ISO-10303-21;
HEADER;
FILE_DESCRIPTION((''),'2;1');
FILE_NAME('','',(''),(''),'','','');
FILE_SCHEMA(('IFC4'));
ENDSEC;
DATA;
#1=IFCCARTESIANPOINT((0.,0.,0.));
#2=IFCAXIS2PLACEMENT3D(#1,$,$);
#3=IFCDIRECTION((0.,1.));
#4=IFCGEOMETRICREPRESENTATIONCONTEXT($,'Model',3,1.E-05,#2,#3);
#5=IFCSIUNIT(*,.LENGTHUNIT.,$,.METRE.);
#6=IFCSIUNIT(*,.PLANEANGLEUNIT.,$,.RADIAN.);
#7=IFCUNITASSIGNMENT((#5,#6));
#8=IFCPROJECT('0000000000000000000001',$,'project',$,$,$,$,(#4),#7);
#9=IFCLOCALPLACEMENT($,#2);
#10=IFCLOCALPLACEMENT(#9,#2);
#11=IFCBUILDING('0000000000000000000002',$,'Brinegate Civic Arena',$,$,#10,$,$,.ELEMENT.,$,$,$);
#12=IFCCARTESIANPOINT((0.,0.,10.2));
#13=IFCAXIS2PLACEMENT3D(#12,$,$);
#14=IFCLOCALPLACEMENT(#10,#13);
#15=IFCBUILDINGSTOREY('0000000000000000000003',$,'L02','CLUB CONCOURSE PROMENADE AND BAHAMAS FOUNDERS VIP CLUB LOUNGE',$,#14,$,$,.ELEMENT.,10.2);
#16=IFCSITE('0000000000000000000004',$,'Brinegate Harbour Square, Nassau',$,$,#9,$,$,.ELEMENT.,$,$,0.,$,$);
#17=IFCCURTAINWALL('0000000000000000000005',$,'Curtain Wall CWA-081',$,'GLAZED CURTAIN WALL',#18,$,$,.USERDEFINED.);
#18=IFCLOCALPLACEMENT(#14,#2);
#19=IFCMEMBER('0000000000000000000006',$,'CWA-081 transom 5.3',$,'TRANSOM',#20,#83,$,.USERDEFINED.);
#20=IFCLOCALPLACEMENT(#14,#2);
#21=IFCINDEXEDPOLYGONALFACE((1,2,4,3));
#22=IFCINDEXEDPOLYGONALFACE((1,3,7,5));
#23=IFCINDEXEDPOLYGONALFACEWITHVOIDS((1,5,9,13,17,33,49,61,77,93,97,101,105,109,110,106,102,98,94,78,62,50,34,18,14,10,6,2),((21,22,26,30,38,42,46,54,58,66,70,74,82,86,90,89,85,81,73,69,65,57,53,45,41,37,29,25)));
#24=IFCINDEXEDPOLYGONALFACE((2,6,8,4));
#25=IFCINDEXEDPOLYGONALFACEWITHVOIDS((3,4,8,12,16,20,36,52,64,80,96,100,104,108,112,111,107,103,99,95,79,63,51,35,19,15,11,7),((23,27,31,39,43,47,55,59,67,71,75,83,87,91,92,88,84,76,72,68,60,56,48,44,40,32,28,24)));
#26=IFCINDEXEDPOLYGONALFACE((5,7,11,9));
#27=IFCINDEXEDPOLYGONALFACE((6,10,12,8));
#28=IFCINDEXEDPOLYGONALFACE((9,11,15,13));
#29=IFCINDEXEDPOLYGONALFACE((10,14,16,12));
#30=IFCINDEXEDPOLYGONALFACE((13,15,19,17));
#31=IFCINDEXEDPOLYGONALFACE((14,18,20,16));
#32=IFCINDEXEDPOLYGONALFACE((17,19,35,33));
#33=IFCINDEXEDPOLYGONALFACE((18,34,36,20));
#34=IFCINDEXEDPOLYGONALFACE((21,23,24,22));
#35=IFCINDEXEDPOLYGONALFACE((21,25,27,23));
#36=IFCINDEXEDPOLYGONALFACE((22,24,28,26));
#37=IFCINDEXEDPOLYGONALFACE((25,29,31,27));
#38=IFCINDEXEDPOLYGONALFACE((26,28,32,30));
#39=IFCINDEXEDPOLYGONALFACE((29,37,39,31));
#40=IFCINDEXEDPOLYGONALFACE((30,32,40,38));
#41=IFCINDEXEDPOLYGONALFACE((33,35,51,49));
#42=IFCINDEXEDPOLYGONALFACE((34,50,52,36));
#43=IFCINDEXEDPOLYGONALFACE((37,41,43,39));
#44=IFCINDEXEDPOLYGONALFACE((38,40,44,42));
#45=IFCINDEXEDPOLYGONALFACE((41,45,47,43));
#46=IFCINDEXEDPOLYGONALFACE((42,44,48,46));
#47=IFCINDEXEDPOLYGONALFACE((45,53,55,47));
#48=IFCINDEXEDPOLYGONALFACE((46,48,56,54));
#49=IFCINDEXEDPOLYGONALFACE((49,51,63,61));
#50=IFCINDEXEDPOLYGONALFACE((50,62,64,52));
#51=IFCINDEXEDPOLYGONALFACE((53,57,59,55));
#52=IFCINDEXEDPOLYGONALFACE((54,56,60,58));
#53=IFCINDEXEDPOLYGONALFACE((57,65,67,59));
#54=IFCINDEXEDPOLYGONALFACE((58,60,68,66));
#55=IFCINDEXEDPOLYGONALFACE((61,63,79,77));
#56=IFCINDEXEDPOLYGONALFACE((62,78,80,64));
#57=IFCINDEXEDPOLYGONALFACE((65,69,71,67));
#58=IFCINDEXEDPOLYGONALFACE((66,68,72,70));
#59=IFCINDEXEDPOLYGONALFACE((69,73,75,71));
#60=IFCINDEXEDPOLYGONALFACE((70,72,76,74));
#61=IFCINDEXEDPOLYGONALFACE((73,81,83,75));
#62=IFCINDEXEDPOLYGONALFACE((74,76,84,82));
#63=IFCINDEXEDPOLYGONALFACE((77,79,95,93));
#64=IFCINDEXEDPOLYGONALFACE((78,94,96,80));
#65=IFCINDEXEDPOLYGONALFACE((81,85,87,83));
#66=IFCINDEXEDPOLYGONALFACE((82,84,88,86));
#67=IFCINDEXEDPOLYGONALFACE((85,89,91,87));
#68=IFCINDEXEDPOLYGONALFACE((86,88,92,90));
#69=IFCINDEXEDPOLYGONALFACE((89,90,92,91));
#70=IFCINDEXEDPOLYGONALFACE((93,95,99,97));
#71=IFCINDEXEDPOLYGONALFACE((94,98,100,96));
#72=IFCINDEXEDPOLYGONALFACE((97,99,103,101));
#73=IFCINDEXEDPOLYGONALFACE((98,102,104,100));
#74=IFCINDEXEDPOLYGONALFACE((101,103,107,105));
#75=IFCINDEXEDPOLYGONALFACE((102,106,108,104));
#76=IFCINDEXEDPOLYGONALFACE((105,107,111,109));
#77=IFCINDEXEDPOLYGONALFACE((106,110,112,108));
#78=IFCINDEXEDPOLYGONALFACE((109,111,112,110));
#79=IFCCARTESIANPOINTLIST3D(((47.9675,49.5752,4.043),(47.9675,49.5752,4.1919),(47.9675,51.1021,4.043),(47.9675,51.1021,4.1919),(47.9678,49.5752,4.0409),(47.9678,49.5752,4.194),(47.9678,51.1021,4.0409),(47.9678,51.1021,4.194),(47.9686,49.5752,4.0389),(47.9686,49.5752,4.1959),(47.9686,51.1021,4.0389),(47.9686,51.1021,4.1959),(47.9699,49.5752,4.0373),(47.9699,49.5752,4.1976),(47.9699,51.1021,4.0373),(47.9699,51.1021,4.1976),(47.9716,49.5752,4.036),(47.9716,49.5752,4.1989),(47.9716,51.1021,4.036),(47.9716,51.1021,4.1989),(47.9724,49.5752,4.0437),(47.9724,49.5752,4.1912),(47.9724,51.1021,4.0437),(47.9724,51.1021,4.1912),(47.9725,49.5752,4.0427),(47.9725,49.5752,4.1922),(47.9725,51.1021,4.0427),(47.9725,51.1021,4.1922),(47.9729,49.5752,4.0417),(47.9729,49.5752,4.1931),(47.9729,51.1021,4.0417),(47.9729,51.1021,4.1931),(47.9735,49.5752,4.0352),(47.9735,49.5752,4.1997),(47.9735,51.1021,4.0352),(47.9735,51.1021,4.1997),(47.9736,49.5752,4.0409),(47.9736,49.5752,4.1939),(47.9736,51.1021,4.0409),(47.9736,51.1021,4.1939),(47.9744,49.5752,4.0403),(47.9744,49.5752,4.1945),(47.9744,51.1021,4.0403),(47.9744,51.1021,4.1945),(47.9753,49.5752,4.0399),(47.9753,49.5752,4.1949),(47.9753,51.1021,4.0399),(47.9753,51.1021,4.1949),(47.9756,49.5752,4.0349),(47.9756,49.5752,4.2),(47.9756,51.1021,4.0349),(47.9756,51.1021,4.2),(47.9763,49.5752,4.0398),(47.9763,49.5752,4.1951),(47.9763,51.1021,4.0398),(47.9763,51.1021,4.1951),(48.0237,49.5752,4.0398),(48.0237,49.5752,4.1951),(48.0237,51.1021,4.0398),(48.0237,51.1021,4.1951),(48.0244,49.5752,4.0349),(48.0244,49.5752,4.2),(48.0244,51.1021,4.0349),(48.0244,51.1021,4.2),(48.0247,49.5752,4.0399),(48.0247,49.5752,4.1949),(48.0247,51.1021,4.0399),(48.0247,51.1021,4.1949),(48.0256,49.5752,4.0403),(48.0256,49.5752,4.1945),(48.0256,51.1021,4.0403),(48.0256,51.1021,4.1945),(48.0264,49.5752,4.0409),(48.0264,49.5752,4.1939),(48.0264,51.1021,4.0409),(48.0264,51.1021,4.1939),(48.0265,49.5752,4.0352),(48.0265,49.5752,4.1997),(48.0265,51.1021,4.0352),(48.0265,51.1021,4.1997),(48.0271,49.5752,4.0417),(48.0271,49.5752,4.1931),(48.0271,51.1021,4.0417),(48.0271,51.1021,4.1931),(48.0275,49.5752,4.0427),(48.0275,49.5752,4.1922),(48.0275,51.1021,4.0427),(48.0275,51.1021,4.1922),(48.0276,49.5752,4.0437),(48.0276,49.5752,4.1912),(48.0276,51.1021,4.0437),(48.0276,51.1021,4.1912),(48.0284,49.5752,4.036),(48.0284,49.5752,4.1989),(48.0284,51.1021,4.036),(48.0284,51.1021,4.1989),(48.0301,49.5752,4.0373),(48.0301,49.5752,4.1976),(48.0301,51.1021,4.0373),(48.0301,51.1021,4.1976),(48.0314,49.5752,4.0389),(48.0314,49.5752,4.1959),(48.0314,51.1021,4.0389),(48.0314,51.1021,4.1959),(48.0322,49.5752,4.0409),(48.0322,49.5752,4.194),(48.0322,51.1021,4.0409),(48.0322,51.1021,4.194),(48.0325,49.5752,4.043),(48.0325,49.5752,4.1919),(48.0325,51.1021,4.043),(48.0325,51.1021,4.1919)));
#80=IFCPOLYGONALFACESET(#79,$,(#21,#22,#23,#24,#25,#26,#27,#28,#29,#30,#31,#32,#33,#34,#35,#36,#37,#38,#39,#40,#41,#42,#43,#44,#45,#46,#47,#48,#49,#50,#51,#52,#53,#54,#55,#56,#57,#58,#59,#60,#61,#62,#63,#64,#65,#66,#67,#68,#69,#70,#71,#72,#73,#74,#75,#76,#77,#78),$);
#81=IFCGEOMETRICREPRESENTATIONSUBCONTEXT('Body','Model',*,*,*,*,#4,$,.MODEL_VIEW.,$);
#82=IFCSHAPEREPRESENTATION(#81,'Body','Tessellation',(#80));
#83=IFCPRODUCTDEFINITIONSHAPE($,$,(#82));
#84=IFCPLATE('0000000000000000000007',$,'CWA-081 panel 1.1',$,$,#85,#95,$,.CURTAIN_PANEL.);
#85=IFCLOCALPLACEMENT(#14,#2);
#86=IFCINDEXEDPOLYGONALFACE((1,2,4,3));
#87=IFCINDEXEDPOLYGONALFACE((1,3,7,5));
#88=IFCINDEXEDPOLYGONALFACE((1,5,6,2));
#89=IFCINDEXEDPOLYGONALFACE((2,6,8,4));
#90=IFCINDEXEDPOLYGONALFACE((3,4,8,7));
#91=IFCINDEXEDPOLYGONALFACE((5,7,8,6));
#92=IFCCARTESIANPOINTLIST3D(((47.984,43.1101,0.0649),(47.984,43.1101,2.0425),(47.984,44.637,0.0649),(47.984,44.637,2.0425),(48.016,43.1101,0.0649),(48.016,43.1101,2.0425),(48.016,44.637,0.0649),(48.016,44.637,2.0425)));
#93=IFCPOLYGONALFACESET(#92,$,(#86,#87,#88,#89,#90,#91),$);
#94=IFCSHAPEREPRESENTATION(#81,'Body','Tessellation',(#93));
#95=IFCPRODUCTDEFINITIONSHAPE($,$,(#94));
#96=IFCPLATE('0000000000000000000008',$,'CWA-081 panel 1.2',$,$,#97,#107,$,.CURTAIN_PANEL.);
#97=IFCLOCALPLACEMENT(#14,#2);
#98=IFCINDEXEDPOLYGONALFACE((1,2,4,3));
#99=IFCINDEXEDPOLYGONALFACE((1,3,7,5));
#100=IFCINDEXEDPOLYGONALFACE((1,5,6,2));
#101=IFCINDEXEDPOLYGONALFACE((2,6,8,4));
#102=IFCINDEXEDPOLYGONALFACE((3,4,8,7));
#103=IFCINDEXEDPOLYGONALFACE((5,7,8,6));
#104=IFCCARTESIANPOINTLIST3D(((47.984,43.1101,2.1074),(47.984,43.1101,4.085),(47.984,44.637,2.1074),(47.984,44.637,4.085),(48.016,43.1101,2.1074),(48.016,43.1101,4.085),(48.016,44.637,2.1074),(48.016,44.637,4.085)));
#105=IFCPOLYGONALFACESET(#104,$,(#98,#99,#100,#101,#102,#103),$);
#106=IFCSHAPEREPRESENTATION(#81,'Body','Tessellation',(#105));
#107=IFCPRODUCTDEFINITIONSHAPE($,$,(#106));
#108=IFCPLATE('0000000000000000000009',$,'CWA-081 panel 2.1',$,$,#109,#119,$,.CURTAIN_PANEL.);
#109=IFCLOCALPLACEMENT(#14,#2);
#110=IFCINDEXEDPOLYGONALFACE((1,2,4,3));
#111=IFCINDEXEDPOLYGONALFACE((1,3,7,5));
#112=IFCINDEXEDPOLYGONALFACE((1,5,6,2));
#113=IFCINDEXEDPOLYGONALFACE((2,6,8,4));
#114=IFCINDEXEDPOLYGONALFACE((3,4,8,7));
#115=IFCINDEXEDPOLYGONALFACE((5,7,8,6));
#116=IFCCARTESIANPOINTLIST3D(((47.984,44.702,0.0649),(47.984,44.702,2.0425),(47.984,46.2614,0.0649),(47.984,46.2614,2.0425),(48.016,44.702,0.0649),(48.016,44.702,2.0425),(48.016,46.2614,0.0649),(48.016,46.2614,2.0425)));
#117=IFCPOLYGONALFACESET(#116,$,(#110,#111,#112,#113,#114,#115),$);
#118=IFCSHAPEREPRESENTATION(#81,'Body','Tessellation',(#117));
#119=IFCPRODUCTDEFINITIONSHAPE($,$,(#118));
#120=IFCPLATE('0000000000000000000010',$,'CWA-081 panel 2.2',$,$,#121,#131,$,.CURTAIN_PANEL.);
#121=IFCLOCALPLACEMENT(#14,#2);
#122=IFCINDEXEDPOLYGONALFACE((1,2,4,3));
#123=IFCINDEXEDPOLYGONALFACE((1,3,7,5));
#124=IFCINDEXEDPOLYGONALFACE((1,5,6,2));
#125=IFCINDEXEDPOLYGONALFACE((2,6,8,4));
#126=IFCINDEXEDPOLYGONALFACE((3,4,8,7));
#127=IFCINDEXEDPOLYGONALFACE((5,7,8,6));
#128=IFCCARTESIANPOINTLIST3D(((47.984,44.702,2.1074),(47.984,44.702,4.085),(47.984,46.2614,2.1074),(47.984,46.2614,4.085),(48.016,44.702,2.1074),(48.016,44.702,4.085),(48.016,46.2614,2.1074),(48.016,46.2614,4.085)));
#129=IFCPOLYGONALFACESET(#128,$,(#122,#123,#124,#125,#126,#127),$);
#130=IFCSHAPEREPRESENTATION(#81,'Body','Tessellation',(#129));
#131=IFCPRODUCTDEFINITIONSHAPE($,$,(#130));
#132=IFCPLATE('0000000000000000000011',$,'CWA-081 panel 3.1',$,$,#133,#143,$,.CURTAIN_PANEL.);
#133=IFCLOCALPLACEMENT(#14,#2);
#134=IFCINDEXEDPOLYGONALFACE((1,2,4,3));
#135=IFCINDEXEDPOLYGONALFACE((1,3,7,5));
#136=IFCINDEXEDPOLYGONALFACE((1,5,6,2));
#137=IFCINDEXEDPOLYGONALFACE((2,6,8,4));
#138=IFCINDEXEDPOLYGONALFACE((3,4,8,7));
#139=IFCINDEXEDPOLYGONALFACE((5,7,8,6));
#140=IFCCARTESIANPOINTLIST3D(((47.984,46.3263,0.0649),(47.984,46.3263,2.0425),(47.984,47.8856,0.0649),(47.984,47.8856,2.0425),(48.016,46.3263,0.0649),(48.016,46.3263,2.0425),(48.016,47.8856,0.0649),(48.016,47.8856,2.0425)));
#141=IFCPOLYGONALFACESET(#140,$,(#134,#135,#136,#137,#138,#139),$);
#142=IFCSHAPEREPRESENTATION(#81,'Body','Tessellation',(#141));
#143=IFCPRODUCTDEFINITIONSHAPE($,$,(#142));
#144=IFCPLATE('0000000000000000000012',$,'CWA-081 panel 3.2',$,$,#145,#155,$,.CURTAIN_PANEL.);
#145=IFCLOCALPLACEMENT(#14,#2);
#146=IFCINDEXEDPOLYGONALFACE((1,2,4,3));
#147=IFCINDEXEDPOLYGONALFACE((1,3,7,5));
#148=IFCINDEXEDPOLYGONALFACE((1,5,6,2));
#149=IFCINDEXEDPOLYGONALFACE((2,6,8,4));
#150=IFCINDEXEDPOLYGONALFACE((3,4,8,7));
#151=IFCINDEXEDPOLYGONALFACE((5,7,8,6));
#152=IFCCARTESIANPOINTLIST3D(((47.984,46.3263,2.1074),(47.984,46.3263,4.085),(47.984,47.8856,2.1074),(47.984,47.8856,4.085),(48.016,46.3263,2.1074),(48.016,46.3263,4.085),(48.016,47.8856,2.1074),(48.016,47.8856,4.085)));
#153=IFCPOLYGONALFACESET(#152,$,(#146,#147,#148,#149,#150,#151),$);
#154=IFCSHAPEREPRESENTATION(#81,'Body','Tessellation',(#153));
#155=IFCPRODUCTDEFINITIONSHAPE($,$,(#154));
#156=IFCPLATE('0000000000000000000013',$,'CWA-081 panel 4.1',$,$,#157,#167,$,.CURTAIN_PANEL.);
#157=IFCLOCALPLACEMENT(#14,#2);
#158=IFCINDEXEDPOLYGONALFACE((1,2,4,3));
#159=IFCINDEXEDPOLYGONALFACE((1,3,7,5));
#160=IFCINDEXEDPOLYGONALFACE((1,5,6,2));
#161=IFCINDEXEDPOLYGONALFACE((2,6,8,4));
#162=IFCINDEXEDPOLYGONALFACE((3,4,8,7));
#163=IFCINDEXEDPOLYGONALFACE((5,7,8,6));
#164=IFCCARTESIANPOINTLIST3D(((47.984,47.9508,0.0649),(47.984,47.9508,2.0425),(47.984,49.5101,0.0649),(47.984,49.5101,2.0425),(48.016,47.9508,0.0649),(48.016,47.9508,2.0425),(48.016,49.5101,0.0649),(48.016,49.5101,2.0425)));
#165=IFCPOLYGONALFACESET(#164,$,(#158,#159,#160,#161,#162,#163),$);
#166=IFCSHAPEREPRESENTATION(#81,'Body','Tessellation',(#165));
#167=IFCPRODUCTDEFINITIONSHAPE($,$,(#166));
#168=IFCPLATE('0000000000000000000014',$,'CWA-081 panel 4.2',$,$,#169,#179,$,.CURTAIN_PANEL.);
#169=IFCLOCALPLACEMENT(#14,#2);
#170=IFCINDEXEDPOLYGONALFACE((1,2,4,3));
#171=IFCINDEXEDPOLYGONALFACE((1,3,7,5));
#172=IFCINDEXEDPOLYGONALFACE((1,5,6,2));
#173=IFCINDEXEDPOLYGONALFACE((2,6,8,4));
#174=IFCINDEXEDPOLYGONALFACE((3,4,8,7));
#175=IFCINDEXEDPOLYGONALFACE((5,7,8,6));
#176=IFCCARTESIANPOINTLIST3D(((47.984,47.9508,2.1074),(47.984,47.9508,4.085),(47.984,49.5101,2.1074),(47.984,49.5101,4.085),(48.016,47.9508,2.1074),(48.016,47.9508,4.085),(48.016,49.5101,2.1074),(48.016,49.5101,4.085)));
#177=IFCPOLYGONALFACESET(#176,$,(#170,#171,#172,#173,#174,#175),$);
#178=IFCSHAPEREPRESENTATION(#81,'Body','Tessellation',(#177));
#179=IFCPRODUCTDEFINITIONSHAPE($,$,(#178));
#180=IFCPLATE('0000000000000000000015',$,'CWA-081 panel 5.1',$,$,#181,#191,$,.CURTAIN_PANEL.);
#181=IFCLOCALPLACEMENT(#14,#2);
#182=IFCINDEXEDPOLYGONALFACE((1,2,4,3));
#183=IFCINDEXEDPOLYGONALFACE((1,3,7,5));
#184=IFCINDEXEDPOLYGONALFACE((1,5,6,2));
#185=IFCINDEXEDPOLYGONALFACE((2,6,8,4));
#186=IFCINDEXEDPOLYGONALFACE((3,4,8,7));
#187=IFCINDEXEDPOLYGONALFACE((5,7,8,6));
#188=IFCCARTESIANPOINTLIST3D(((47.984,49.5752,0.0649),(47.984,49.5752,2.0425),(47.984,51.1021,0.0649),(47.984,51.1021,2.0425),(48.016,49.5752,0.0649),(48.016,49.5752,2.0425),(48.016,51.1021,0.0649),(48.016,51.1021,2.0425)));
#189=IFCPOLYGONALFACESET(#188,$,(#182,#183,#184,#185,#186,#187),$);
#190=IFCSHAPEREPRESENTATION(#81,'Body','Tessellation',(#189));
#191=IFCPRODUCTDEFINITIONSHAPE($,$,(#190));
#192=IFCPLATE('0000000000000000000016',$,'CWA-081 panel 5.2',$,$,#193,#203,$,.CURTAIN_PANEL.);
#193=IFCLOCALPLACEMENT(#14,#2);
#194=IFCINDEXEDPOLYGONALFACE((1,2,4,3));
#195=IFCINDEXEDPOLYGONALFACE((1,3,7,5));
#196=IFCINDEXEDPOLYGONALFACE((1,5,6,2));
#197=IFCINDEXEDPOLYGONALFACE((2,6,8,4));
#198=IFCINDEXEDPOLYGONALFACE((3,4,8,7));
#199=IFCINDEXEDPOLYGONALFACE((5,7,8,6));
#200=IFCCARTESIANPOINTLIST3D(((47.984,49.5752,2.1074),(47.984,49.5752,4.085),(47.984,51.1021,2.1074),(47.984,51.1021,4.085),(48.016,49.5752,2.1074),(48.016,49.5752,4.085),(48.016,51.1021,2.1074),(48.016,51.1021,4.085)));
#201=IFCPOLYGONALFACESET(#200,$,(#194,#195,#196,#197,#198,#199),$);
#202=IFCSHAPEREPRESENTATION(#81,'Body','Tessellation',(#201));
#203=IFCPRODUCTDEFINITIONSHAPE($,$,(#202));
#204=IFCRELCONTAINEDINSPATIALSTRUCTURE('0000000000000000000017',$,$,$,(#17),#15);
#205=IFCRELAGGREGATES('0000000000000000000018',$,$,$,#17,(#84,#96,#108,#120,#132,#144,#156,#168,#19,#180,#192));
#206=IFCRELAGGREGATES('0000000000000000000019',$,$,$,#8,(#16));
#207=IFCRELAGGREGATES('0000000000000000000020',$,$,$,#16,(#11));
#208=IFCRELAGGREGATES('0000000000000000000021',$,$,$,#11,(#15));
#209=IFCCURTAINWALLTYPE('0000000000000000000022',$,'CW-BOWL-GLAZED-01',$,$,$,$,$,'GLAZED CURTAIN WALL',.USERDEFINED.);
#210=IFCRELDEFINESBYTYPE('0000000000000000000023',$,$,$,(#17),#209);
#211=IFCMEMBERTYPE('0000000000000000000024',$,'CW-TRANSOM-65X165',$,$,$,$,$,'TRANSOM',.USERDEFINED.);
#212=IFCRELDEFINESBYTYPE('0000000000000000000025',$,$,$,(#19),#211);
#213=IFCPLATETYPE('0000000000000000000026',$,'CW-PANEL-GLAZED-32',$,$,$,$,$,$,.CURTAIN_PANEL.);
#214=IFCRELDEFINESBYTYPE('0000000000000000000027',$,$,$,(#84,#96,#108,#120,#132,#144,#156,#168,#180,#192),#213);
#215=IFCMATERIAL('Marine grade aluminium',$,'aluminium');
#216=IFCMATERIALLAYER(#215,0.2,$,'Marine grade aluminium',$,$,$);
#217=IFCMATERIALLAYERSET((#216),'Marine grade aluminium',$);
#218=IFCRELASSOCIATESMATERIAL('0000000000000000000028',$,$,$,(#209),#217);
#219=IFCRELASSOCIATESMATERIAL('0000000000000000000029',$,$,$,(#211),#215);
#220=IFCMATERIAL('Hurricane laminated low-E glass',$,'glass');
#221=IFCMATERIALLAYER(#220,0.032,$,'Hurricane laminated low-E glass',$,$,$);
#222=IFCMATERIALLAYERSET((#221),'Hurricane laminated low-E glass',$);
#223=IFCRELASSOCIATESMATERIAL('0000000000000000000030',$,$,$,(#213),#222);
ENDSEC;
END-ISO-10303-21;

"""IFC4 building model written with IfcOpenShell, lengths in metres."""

from ifc_helpers import new_model, si_unit, direction, frame, origin, origin_2d, place, context, subcontext, project, spatial, rectangle, hollow_rectangle, extrude, material, layer, layer_set, material_profile, profile_set, type_object, element, aggregate, save


model = new_model("IFC4")

# Units and contexts
model_context = context("Model", 3, precision=1e-05, world=origin(), true_north=direction((0.0, 1.0)))
body_context = subcontext(model_context, "Body", "Model", "MODEL_VIEW")
ifc_project = project(units=[si_unit("LENGTHUNIT", "METRE"), si_unit("PLANEANGLEUNIT", "RADIAN")], contexts=[model_context])

# Site, building, storey
site_placement = place(None, origin())
site = spatial("IfcSite", under=ifc_project, at=site_placement, Name="Brinegate Harbour Square, Nassau", CompositionType="ELEMENT", RefElevation=0.0)
building_placement = place(site_placement, origin())
building = spatial("IfcBuilding", under=site, at=building_placement, Name="Brinegate Civic Arena", CompositionType="ELEMENT")
storey_placement = place(building_placement, frame((0.0, 0.0, 10.2)))
storey = spatial("IfcBuildingStorey", under=building, at=storey_placement, Name="L02", Description="CLUB CONCOURSE PROMENADE AND BAHAMAS FOUNDERS VIP CLUB LOUNGE", CompositionType="ELEMENT", Elevation=10.2)

# Curtain wall, member, plates
ifc_material_1 = material(Name="Marine grade aluminium", Category="aluminium")
ifc_layer_1 = layer(ifc_material_1, 0.2, Name="Marine grade aluminium")
ifc_layer_set_1 = layer_set([ifc_layer_1], Name="Marine grade aluminium")
curtain_wall_type = type_object("IfcCurtainWallType", Name="CW-BOWL-GLAZED-01", ElementType="GLAZED CURTAIN WALL", PredefinedType="USERDEFINED", material=ifc_layer_set_1)
curtain_wall_placement = place(storey_placement, origin())
curtain_wall = element("IfcCurtainWall", 1, at=curtain_wall_placement, inside=storey, type_object=curtain_wall_type, Name="Curtain Wall CWA-081", ObjectType="GLAZED CURTAIN WALL", PredefinedType="USERDEFINED")
ifc_material_profile_1 = material_profile(ifc_material_1, hollow_rectangle(XDim=0.0649, YDim=0.165, WallThickness=0.0049, InnerFilletRadius=0.0039, OuterFilletRadius=0.0081, at=origin_2d()), Name="TRN65X165")
ifc_profile_set_1 = profile_set([ifc_material_profile_1], Name="Marine grade aluminium")
member_type_1 = type_object("IfcMemberType", Name="CW-TRANSOM-65X165", ElementType="TRANSOM", PredefinedType="USERDEFINED", material=ifc_profile_set_1)
member_1_placement = place(storey_placement, frame((48.0, 49.5752, 4.1174), z_axis=(0.0, 1.0, 0.0), x_axis=(-1.0, 0.0, 0.0)))
member_1 = element("IfcMember", 2, at=member_1_placement, type_object=member_type_1, Name="CWA-081 transom 5.3", ObjectType="TRANSOM", PredefinedType="USERDEFINED", context=body_context, shape_type="SweptSolid", body=[
    extrude(hollow_rectangle(XDim=0.0649, YDim=0.165, WallThickness=0.0049, InnerFilletRadius=0.0039, OuterFilletRadius=0.0081, at=origin_2d()), origin(), (0.0, 0.0, 1.0), 1.5269),
])
ifc_material_2 = material(Name="Hurricane laminated low-E glass", Category="glass")
ifc_layer_2 = layer(ifc_material_2, 0.032, Name="Hurricane laminated low-E glass")
ifc_layer_set_2 = layer_set([ifc_layer_2], Name="Hurricane laminated low-E glass")
plate_type = type_object("IfcPlateType", Name="CW-PANEL-GLAZED-32", PredefinedType="CURTAIN_PANEL", material=ifc_layer_set_2)
plate_1_placement = place(storey_placement, frame((48.0, 43.8735, 0.0649), z_axis=(0.0, 0.0, 1.0), x_axis=(0.0, 1.0, 0.0)))
plate_1 = element("IfcPlate", 3, at=plate_1_placement, type_object=plate_type, Name="CWA-081 panel 1.1", PredefinedType="CURTAIN_PANEL", context=body_context, shape_type="SweptSolid", body=[
    extrude(rectangle(XDim=1.5269, YDim=0.032, at=origin_2d()), origin(), (0.0, 0.0, 1.0), 1.9775),
])
plate_2_placement = place(storey_placement, frame((48.0, 43.8735, 2.1074), z_axis=(0.0, 0.0, 1.0), x_axis=(0.0, 1.0, 0.0)))
plate_2 = element("IfcPlate", 4, at=plate_2_placement, type_object=plate_type, Name="CWA-081 panel 1.2", PredefinedType="CURTAIN_PANEL", context=body_context, shape_type="SweptSolid", body=[
    extrude(rectangle(XDim=1.5269, YDim=0.032, at=origin_2d()), origin(), (0.0, 0.0, 1.0), 1.9775),
])
plate_3_placement = place(storey_placement, frame((48.0, 45.4817, 0.0649), z_axis=(0.0, 0.0, 1.0), x_axis=(0.0, 1.0, 0.0)))
plate_3 = element("IfcPlate", 5, at=plate_3_placement, type_object=plate_type, Name="CWA-081 panel 2.1", PredefinedType="CURTAIN_PANEL", context=body_context, shape_type="SweptSolid", body=[
    extrude(rectangle(XDim=1.5593, YDim=0.032, at=origin_2d()), origin(), (0.0, 0.0, 1.0), 1.9775),
])
plate_4_placement = place(storey_placement, frame((48.0, 45.4817, 2.1074), z_axis=(0.0, 0.0, 1.0), x_axis=(0.0, 1.0, 0.0)))
plate_4 = element("IfcPlate", 6, at=plate_4_placement, type_object=plate_type, Name="CWA-081 panel 2.2", PredefinedType="CURTAIN_PANEL", context=body_context, shape_type="SweptSolid", body=[
    extrude(rectangle(XDim=1.5593, YDim=0.032, at=origin_2d()), origin(), (0.0, 0.0, 1.0), 1.9775),
])
plate_5_placement = place(storey_placement, frame((48.0, 47.106, 0.0649), z_axis=(0.0, 0.0, 1.0), x_axis=(0.0, 1.0, 0.0)))
plate_5 = element("IfcPlate", 7, at=plate_5_placement, type_object=plate_type, Name="CWA-081 panel 3.1", PredefinedType="CURTAIN_PANEL", context=body_context, shape_type="SweptSolid", body=[
    extrude(rectangle(XDim=1.5593, YDim=0.032, at=origin_2d()), origin(), (0.0, 0.0, 1.0), 1.9775),
])
plate_6_placement = place(storey_placement, frame((48.0, 47.106, 2.1074), z_axis=(0.0, 0.0, 1.0), x_axis=(0.0, 1.0, 0.0)))
plate_6 = element("IfcPlate", 8, at=plate_6_placement, type_object=plate_type, Name="CWA-081 panel 3.2", PredefinedType="CURTAIN_PANEL", context=body_context, shape_type="SweptSolid", body=[
    extrude(rectangle(XDim=1.5593, YDim=0.032, at=origin_2d()), origin(), (0.0, 0.0, 1.0), 1.9775),
])
plate_7_placement = place(storey_placement, frame((48.0, 48.7305, 0.0649), z_axis=(0.0, 0.0, 1.0), x_axis=(0.0, 1.0, 0.0)))
plate_7 = element("IfcPlate", 9, at=plate_7_placement, type_object=plate_type, Name="CWA-081 panel 4.1", PredefinedType="CURTAIN_PANEL", context=body_context, shape_type="SweptSolid", body=[
    extrude(rectangle(XDim=1.5593, YDim=0.032, at=origin_2d()), origin(), (0.0, 0.0, 1.0), 1.9775),
])
plate_8_placement = place(storey_placement, frame((48.0, 48.7305, 2.1074), z_axis=(0.0, 0.0, 1.0), x_axis=(0.0, 1.0, 0.0)))
plate_8 = element("IfcPlate", 10, at=plate_8_placement, type_object=plate_type, Name="CWA-081 panel 4.2", PredefinedType="CURTAIN_PANEL", context=body_context, shape_type="SweptSolid", body=[
    extrude(rectangle(XDim=1.5593, YDim=0.032, at=origin_2d()), origin(), (0.0, 0.0, 1.0), 1.9775),
])
plate_9_placement = place(storey_placement, frame((48.0, 50.3386, 0.0649), z_axis=(0.0, 0.0, 1.0), x_axis=(0.0, 1.0, 0.0)))
plate_9 = element("IfcPlate", 11, at=plate_9_placement, type_object=plate_type, Name="CWA-081 panel 5.1", PredefinedType="CURTAIN_PANEL", context=body_context, shape_type="SweptSolid", body=[
    extrude(rectangle(XDim=1.5269, YDim=0.032, at=origin_2d()), origin(), (0.0, 0.0, 1.0), 1.9775),
])
plate_10_placement = place(storey_placement, frame((48.0, 50.3386, 2.1074), z_axis=(0.0, 0.0, 1.0), x_axis=(0.0, 1.0, 0.0)))
plate_10 = element("IfcPlate", 12, at=plate_10_placement, type_object=plate_type, Name="CWA-081 panel 5.2", PredefinedType="CURTAIN_PANEL", context=body_context, shape_type="SweptSolid", body=[
    extrude(rectangle(XDim=1.5269, YDim=0.032, at=origin_2d()), origin(), (0.0, 0.0, 1.0), 1.9775),
])
aggregate(curtain_wall, [plate_1, plate_2, plate_3, plate_4, plate_5, plate_6, plate_7, plate_8, member_1, plate_9, plate_10])

save(model, "model.ifc")
